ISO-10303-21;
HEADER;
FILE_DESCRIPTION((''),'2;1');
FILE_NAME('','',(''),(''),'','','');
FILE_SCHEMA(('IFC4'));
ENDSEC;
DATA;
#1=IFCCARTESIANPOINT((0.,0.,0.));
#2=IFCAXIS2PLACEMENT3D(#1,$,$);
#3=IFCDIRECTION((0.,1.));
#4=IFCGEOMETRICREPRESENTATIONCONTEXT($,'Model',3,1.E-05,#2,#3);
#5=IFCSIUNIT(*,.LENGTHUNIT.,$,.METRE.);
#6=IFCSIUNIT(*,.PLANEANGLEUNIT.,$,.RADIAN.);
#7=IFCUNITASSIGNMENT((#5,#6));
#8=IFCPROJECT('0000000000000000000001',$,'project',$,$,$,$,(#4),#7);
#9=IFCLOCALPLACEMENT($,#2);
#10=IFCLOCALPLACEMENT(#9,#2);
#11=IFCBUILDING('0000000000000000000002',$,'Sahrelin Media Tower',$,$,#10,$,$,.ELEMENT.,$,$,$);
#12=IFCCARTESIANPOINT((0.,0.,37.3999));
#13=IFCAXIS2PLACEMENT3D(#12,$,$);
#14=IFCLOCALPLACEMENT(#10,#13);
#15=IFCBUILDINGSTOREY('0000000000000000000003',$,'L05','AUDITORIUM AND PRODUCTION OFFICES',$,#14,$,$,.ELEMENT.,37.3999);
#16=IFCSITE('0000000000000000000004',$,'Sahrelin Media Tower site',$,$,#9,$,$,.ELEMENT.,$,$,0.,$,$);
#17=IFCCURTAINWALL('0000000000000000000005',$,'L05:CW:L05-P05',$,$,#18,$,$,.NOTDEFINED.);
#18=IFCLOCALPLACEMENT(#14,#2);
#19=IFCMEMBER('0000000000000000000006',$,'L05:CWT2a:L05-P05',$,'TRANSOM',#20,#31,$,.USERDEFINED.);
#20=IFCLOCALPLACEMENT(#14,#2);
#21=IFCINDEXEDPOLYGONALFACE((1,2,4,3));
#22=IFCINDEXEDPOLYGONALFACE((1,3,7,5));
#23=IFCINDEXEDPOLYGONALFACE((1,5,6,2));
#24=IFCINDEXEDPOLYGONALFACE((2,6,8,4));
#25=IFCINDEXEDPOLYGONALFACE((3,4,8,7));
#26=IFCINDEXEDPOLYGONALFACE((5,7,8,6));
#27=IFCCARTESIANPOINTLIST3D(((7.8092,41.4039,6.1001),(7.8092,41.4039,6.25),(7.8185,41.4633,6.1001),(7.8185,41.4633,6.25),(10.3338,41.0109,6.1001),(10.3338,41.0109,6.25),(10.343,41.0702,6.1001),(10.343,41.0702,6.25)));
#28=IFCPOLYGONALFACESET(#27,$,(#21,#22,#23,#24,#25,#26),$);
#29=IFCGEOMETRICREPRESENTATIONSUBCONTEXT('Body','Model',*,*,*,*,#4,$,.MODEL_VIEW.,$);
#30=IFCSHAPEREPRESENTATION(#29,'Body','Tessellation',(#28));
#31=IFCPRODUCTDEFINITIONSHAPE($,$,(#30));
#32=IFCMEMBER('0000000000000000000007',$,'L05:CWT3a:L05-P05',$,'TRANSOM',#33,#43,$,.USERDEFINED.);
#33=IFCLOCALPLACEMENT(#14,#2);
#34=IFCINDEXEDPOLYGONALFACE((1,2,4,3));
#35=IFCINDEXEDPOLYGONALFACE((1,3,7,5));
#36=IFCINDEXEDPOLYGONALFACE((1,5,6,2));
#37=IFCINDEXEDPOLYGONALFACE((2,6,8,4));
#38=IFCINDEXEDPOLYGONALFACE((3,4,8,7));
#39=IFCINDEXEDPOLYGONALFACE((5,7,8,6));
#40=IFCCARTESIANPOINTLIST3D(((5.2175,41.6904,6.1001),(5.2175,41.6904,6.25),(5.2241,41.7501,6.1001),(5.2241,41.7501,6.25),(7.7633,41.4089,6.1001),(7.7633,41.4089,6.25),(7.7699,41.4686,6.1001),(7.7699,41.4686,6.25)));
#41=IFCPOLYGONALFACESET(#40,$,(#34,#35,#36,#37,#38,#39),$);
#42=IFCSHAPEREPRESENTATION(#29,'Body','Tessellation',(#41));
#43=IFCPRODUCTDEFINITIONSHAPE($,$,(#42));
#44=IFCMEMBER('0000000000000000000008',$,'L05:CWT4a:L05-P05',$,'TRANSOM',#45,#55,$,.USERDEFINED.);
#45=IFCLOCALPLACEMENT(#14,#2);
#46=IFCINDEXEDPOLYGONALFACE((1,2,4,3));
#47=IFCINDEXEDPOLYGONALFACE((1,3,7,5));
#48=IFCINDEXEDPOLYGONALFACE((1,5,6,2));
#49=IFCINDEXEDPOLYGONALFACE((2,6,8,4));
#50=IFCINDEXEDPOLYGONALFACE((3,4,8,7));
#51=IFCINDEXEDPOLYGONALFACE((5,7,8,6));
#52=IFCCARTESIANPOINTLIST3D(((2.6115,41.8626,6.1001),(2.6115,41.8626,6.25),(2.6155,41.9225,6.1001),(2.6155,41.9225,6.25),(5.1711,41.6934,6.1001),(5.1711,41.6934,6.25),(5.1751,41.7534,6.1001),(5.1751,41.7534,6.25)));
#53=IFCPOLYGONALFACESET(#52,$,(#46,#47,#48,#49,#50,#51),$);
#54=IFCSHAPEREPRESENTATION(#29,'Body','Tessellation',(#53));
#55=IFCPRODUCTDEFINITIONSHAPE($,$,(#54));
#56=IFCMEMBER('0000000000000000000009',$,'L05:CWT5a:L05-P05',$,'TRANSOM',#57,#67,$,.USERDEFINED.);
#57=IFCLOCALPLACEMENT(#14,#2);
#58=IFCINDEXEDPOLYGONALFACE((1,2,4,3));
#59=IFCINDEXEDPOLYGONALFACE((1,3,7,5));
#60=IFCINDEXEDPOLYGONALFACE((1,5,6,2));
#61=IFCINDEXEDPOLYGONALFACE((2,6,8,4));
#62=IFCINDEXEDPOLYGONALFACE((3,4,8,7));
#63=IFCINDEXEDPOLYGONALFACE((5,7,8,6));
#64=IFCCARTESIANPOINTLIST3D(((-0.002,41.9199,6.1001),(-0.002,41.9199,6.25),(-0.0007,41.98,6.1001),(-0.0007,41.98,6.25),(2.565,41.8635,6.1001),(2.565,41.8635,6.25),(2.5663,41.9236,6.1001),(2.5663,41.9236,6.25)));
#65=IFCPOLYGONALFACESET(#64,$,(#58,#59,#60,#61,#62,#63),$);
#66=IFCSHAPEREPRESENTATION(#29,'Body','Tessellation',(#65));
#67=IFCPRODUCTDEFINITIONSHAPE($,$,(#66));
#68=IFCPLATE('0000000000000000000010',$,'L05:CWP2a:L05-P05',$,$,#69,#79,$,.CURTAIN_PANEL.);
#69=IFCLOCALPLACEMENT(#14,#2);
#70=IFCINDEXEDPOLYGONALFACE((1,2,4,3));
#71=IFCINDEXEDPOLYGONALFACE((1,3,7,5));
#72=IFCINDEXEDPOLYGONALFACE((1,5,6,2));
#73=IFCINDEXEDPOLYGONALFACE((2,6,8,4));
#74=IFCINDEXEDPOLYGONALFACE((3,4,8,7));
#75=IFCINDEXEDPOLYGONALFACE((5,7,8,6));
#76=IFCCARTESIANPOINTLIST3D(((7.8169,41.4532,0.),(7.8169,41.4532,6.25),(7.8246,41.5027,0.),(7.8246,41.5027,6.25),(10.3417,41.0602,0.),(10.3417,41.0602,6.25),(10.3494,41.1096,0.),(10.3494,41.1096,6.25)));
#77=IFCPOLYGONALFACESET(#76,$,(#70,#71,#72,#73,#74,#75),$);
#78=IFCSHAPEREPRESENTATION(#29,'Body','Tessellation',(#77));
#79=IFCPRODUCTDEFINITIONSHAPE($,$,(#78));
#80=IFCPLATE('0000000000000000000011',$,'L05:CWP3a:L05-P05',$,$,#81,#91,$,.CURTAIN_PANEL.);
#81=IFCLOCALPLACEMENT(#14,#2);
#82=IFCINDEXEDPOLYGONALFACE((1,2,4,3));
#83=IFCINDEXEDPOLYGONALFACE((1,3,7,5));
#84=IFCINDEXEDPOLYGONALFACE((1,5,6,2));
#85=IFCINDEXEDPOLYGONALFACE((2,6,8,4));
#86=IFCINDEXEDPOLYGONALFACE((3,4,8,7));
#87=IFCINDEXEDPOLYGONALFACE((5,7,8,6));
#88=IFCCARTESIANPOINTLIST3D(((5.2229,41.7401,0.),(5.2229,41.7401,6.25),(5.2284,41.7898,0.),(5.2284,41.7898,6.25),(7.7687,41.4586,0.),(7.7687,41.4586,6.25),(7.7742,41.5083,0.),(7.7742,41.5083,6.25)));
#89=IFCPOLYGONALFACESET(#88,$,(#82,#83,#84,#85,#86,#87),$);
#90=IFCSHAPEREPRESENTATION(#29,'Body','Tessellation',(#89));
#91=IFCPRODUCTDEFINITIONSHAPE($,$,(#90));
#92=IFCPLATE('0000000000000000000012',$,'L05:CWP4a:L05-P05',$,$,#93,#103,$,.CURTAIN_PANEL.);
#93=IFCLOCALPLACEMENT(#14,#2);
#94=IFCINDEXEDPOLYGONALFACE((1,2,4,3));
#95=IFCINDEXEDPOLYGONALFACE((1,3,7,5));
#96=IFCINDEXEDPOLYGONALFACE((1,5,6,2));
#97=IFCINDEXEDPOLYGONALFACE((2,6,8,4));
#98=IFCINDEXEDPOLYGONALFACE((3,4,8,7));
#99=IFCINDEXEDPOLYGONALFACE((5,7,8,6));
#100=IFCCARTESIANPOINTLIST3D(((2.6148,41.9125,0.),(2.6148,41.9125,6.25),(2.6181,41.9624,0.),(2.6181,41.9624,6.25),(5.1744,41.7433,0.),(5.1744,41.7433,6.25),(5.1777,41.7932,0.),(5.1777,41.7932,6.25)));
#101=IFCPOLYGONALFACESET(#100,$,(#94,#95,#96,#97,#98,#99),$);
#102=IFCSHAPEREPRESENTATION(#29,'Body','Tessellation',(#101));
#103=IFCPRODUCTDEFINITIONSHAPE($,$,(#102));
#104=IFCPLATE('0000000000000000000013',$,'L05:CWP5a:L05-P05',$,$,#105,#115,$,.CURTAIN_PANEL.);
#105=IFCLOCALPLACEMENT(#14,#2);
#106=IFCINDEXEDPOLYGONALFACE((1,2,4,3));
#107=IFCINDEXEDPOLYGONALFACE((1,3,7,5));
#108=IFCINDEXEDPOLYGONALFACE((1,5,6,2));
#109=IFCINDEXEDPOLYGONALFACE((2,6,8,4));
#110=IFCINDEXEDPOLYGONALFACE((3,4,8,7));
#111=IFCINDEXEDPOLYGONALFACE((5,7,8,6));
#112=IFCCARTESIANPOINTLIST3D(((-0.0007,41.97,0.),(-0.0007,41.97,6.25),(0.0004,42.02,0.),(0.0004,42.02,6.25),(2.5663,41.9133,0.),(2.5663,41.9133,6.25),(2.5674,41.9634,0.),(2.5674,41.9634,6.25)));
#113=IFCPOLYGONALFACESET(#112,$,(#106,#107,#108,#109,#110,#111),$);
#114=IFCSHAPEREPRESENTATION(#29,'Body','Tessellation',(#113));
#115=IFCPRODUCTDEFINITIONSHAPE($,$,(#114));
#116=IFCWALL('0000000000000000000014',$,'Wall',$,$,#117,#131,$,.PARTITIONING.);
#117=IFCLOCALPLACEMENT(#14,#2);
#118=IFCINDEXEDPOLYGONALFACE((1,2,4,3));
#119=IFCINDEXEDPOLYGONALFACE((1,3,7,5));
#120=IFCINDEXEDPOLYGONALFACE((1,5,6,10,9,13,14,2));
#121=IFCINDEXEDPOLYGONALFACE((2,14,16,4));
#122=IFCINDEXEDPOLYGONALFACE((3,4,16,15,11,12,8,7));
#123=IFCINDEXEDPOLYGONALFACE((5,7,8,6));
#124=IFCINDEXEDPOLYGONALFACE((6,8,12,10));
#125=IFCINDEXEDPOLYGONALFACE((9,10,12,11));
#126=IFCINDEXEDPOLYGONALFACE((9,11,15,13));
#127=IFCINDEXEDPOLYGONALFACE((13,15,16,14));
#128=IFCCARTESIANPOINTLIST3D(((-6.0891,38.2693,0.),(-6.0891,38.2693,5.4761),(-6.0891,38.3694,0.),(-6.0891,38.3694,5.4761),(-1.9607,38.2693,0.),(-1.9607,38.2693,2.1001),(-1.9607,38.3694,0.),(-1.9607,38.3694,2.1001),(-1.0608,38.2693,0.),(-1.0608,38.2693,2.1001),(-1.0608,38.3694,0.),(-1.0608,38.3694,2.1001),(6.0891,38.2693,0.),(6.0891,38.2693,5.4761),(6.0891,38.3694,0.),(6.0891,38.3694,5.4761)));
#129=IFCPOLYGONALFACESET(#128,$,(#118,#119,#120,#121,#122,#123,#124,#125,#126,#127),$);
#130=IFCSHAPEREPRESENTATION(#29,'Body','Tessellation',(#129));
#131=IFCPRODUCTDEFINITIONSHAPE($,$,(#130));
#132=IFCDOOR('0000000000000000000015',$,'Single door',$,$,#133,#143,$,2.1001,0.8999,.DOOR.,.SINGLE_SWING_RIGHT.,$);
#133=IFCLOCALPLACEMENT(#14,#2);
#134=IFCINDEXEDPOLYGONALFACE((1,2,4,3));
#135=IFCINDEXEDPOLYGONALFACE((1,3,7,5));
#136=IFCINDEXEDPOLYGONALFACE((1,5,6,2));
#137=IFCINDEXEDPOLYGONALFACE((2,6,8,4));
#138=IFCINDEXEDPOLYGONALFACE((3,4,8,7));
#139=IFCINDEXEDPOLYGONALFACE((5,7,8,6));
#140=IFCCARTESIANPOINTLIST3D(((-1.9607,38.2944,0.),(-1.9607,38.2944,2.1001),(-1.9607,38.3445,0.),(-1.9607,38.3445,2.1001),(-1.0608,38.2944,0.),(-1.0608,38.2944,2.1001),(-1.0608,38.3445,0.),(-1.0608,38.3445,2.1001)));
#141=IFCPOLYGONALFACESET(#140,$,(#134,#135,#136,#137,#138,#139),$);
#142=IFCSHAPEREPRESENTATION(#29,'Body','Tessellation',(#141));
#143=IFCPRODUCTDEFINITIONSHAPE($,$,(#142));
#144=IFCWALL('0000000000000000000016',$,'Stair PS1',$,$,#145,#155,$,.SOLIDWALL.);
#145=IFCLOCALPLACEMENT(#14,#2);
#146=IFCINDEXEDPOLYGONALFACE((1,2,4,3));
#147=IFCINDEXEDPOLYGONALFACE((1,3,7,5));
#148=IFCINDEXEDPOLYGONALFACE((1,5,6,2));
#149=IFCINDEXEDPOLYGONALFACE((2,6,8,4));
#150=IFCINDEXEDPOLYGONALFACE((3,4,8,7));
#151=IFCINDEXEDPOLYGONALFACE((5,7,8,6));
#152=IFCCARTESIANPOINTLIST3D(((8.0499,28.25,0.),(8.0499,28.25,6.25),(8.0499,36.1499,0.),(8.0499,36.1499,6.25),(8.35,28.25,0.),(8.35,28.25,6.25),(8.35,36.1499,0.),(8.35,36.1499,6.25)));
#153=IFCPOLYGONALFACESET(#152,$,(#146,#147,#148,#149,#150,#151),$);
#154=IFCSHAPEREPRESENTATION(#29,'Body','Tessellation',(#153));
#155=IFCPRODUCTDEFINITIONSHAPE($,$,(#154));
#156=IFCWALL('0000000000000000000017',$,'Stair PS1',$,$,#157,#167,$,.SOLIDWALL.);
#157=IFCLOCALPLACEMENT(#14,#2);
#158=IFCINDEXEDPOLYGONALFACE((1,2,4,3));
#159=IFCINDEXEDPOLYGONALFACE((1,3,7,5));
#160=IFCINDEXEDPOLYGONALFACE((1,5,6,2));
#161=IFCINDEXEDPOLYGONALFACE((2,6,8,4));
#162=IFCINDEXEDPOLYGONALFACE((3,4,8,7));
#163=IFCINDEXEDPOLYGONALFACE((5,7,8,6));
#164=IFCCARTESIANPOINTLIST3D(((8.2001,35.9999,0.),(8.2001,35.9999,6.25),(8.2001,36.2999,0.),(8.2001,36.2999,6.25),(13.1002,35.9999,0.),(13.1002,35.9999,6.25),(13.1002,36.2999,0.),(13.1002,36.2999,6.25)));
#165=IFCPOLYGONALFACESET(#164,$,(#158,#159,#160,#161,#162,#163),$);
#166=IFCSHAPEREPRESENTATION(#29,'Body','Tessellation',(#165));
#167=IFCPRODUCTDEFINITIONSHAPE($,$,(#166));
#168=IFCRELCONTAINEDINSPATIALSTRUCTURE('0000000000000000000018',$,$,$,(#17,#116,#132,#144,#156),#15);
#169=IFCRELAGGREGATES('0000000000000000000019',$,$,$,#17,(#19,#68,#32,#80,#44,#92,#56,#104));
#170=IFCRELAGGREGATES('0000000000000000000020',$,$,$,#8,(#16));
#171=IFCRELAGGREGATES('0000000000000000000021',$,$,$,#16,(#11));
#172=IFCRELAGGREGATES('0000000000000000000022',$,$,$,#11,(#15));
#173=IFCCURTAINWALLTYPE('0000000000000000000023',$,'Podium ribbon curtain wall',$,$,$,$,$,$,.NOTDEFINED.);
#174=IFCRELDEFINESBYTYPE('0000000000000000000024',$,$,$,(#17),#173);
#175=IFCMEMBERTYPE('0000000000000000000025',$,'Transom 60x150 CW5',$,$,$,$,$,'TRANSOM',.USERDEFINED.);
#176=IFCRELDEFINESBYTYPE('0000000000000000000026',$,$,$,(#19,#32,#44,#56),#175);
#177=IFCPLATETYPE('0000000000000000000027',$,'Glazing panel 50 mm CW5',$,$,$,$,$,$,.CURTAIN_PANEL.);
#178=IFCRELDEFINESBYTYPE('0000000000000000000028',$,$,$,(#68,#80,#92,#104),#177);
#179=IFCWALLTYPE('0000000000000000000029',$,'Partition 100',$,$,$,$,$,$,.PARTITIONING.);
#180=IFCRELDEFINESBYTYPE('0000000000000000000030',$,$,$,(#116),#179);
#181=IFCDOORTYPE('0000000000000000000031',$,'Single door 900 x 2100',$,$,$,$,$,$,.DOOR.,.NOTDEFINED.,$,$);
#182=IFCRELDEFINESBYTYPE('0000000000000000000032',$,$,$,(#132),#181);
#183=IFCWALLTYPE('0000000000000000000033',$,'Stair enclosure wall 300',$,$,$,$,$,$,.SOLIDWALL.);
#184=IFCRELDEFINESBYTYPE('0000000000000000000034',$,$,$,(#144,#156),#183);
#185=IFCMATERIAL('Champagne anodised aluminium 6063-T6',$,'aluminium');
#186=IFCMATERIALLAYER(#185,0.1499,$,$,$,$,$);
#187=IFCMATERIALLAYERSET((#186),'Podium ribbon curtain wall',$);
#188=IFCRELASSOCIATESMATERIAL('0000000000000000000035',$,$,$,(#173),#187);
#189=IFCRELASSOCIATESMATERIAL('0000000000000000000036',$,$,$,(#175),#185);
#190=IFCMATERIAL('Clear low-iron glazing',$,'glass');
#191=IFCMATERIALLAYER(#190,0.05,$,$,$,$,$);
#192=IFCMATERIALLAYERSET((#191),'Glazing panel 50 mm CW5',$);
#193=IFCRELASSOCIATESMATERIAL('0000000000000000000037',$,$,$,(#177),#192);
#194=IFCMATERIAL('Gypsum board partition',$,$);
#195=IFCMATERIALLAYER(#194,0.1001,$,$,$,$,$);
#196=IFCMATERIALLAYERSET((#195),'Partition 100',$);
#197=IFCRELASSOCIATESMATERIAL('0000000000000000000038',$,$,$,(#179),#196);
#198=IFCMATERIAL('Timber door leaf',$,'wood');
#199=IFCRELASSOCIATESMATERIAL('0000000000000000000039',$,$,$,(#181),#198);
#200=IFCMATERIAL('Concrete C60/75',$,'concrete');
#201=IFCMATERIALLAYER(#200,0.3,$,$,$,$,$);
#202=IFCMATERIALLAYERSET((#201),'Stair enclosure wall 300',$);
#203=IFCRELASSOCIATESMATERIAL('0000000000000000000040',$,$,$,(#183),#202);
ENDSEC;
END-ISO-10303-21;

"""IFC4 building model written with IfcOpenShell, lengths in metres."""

from ifc_helpers import new_model, si_unit, direction, frame, frame_2d, origin, origin_2d, place, context, subcontext, project, spatial, polyline, rectangle, outline, extrude, material, layer, layer_set, material_profile, profile_set, type_object, element, fill, aggregate, save


model = new_model("IFC4")

# Units and contexts
model_context = context("Model", 3, precision=1e-05, world=origin(), true_north=direction((0.0, 1.0)))
body_context = subcontext(model_context, "Body", "Model", "MODEL_VIEW")
ifc_project = project(units=[si_unit("LENGTHUNIT", "METRE"), si_unit("PLANEANGLEUNIT", "RADIAN")], contexts=[model_context])

# Site, building, storey
site_placement = place(None, origin())
site = spatial("IfcSite", under=ifc_project, at=site_placement, Name="Sahrelin Media Tower site", CompositionType="ELEMENT", RefElevation=0.0)
building_placement = place(site_placement, origin())
building = spatial("IfcBuilding", under=site, at=building_placement, Name="Sahrelin Media Tower", CompositionType="ELEMENT")
storey_placement = place(building_placement, frame((0.0, 0.0, 37.3999)))
storey = spatial("IfcBuildingStorey", under=building, at=storey_placement, Name="L05", Description="AUDITORIUM AND PRODUCTION OFFICES", CompositionType="ELEMENT", Elevation=37.3999)

# Curtain wall
ifc_material_1 = material(Name="Champagne anodised aluminium 6063-T6", Category="aluminium")
ifc_layer_1 = layer(ifc_material_1, 0.1499)
ifc_layer_set_1 = layer_set([ifc_layer_1], Name="Podium ribbon curtain wall")
curtain_wall_type = type_object("IfcCurtainWallType", Name="Podium ribbon curtain wall", PredefinedType="NOTDEFINED", material=ifc_layer_set_1)
curtain_wall_1_placement = place(storey_placement, frame((12.9409, 40.5688, 0.0), z_axis=(0.0, 0.0, 1.0), x_axis=(1.0, 0.0, 0.0)))
curtain_wall_1 = element("IfcCurtainWall", 1, at=curtain_wall_1_placement, inside=storey, type_object=curtain_wall_type, Name="L05:CW:L05-P05", PredefinedType="NOTDEFINED")

# Members
ifc_material_profile_1 = material_profile(ifc_material_1, rectangle(XDim=0.0601, YDim=0.1499, at=origin_2d()), Name="Transom 60x150")
ifc_profile_set_1 = profile_set([ifc_material_profile_1], Name="Champagne anodised aluminium 6063-T6")
member_type_1 = type_object("IfcMemberType", Name="Transom 60x150 CW5", ElementType="TRANSOM", PredefinedType="USERDEFINED", material=ifc_profile_set_1)
member_1_placement = place(storey_placement, frame((10.3384, 41.0405, 6.175), z_axis=(-0.988094, 0.153852, 0.0), x_axis=(-0.153852, -0.988094, 0.0)))
member_1 = element("IfcMember", 2, at=member_1_placement, type_object=member_type_1, Name="L05:CWT2a:L05-P05", ObjectType="TRANSOM", PredefinedType="USERDEFINED", context=body_context, shape_type="SweptSolid", body=[
    extrude(rectangle(XDim=0.0601, YDim=0.1499, at=origin_2d()), origin(), (0.0, 0.0, 1.0), 2.5549),
])
member_2_placement = place(storey_placement, frame((7.7666, 41.4387, 6.175), z_axis=(-0.993942, 0.109908, 0.0), x_axis=(-0.109908, -0.993942, 0.0)))
member_2 = element("IfcMember", 3, at=member_2_placement, type_object=member_type_1, Name="L05:CWT3a:L05-P05", ObjectType="TRANSOM", PredefinedType="USERDEFINED", context=body_context, shape_type="SweptSolid", body=[
    extrude(rectangle(XDim=0.0601, YDim=0.1499, at=origin_2d()), origin(), (0.0, 0.0, 1.0), 2.5613),
])
member_3_placement = place(storey_placement, frame((5.1731, 41.7234, 6.175), z_axis=(-0.997822, 0.065957, 0.0), x_axis=(-0.065957, -0.997822, 0.0)))
member_3 = element("IfcMember", 4, at=member_3_placement, type_object=member_type_1, Name="L05:CWT4a:L05-P05", ObjectType="TRANSOM", PredefinedType="USERDEFINED", context=body_context, shape_type="SweptSolid", body=[
    extrude(rectangle(XDim=0.0601, YDim=0.1499, at=origin_2d()), origin(), (0.0, 0.0, 1.0), 2.5652),
])
member_4_placement = place(storey_placement, frame((2.5657, 41.8936, 6.175), z_axis=(-0.999759, 0.021965, 0.0), x_axis=(-0.021965, -0.999759, 0.0)))
member_4 = element("IfcMember", 5, at=member_4_placement, type_object=member_type_1, Name="L05:CWT5a:L05-P05", ObjectType="TRANSOM", PredefinedType="USERDEFINED", context=body_context, shape_type="SweptSolid", body=[
    extrude(rectangle(XDim=0.0601, YDim=0.1499, at=origin_2d()), origin(), (0.0, 0.0, 1.0), 2.5676),
])

# Plates
ifc_material_2 = material(Name="Clear low-iron glazing", Category="glass")
ifc_layer_2 = layer(ifc_material_2, 0.05)
ifc_layer_set_2 = layer_set([ifc_layer_2], Name="Glazing panel 50 mm CW5")
plate_type = type_object("IfcPlateType", Name="Glazing panel 50 mm CW5", PredefinedType="CURTAIN_PANEL", material=ifc_layer_set_2)
plate_1_placement = place(storey_placement, frame((10.3494, 41.1096, 0.0), z_axis=(0.153838, 0.988096, 0.0), x_axis=(-0.988096, 0.153838, 0.0)))
plate_1 = element("IfcPlate", 6, at=plate_1_placement, type_object=plate_type, Name="L05:CWP2a:L05-P05", PredefinedType="CURTAIN_PANEL", context=body_context, shape_type="SweptSolid", body=[
    extrude(outline(polyline([(0.0, 0.0), (2.5552, 0.0), (2.5552, 6.25), (0.0, 6.25), (0.0, 0.0)])), origin(), (0.0, 0.0, -1.0), 0.05),
])
plate_2_placement = place(storey_placement, frame((7.7742, 41.5083, 0.0), z_axis=(0.109908, 0.993942, 0.0), x_axis=(-0.993942, 0.109908, 0.0)))
plate_2 = element("IfcPlate", 7, at=plate_2_placement, type_object=plate_type, Name="L05:CWP3a:L05-P05", PredefinedType="CURTAIN_PANEL", context=body_context, shape_type="SweptSolid", body=[
    extrude(outline(polyline([(0.0, 0.0), (2.5613, 0.0), (2.5613, 6.25), (0.0, 6.25), (0.0, 0.0)])), origin(), (0.0, 0.0, -1.0), 0.05),
])
plate_3_placement = place(storey_placement, frame((5.1777, 41.7932, 0.0), z_axis=(0.065957, 0.997822, 0.0), x_axis=(-0.997822, 0.065957, 0.0)))
plate_3 = element("IfcPlate", 8, at=plate_3_placement, type_object=plate_type, Name="L05:CWP4a:L05-P05", PredefinedType="CURTAIN_PANEL", context=body_context, shape_type="SweptSolid", body=[
    extrude(outline(polyline([(0.0, 0.0), (2.5652, 0.0), (2.5652, 6.25), (0.0, 6.25), (0.0, 0.0)])), origin(), (0.0, 0.0, -1.0), 0.05),
])
plate_4_placement = place(storey_placement, frame((2.5674, 41.9634, 0.0), z_axis=(0.02206, 0.999757, 0.0), x_axis=(-0.999757, 0.02206, 0.0)))
plate_4 = element("IfcPlate", 9, at=plate_4_placement, type_object=plate_type, Name="L05:CWP5a:L05-P05", PredefinedType="CURTAIN_PANEL", context=body_context, shape_type="SweptSolid", body=[
    extrude(outline(polyline([(0.0, 0.0), (2.5676, 0.0), (2.5676, 6.25), (0.0, 6.25), (0.0, 0.0)])), origin(), (0.0, 0.0, -1.0), 0.05),
])
aggregate(curtain_wall_1, [member_1, plate_1, member_2, plate_2, member_3, plate_3, member_4, plate_4])

# Wall, opening, door
ifc_material_3 = material(Name="Gypsum board partition")
ifc_layer_3 = layer(ifc_material_3, 0.1001)
ifc_layer_set_3 = layer_set([ifc_layer_3], Name="Partition 100")
wall_type_1 = type_object("IfcWallType", Name="Partition 100", PredefinedType="PARTITIONING", material=ifc_layer_set_3)
wall_1_placement = place(storey_placement, frame((6.0891, 38.3193, 0.0), z_axis=(0.0, 0.0, 1.0), x_axis=(-1.0, 0.0, 0.0)))
wall_1 = element("IfcWall", 10, at=wall_1_placement, inside=storey, type_object=wall_type_1, Name="Wall", PredefinedType="PARTITIONING", context=body_context, shape_type="SweptSolid", body=[
    extrude(rectangle(XDim=12.1782, YDim=0.1001, at=frame_2d((6.0891, 0.0))), origin(), (0.0, 0.0, 1.0), 5.4761),
])
opening_placement = place(wall_1_placement, frame((7.1499, 0.0, 0.0)))
opening = element("IfcOpeningElement", 11, at=opening_placement, cuts=wall_1, PredefinedType="OPENING", context=body_context, shape_type="SweptSolid", body=[
    extrude(rectangle(XDim=0.8999, YDim=2.1001, at=frame_2d((0.45, 1.05))), frame((0.0, 0.05, 0.0), z_axis=(0.0, -1.0, 0.0), x_axis=(1.0, 0.0, 0.0)), (0.0, 0.0, 1.0), 0.1001),
])
ifc_material_4 = material(Name="Timber door leaf", Category="wood")
door_type = type_object("IfcDoorType", Name="Single door 900 x 2100", OperationType="NOTDEFINED", PredefinedType="DOOR", material=ifc_material_4)
door_placement = place(opening_placement, origin())
door = element("IfcDoor", 12, at=door_placement, inside=storey, type_object=door_type, Name="Single door", OperationType="SINGLE_SWING_RIGHT", OverallHeight=2.1001, OverallWidth=0.8999, PredefinedType="DOOR", context=body_context, shape_type="SweptSolid", body=[
    extrude(rectangle(XDim=0.8999, YDim=2.1001, at=frame_2d((0.45, 1.05))), frame((0.0, 0.0249, 0.0), z_axis=(0.0, -1.0, 0.0), x_axis=(1.0, 0.0, 0.0)), (0.0, 0.0, 1.0), 0.05),
])
fill(opening, door)

# Walls
ifc_material_5 = material(Name="Concrete C60/75", Category="concrete")
ifc_layer_4 = layer(ifc_material_5, 0.3)
ifc_layer_set_4 = layer_set([ifc_layer_4], Name="Stair enclosure wall 300")
wall_type_2 = type_object("IfcWallType", Name="Stair enclosure wall 300", PredefinedType="SOLIDWALL", material=ifc_layer_set_4)
wall_2_placement = place(storey_placement, frame((8.2, 28.25, 0.0), z_axis=(0.0, 0.0, 1.0), x_axis=(0.0, 1.0, 0.0)))
element("IfcWall", 13, at=wall_2_placement, inside=storey, type_object=wall_type_2, Name="Stair PS1", PredefinedType="SOLIDWALL", context=body_context, shape_type="SweptSolid", body=[
    extrude(rectangle(XDim=7.8999, YDim=0.3, at=frame_2d((3.95, 0.0))), origin(), (0.0, 0.0, 1.0), 6.25),
])
wall_3_placement = place(storey_placement, frame((8.2, 36.1499, 0.0), z_axis=(0.0, 0.0, 1.0), x_axis=(1.0, 0.0, 0.0)))
element("IfcWall", 14, at=wall_3_placement, inside=storey, type_object=wall_type_2, Name="Stair PS1", PredefinedType="SOLIDWALL", context=body_context, shape_type="SweptSolid", body=[
    extrude(rectangle(XDim=4.9001, YDim=0.3, at=frame_2d((2.4502, 0.0))), origin(), (0.0, 0.0, 1.0), 6.25),
])

save(model, "model.ifc")
